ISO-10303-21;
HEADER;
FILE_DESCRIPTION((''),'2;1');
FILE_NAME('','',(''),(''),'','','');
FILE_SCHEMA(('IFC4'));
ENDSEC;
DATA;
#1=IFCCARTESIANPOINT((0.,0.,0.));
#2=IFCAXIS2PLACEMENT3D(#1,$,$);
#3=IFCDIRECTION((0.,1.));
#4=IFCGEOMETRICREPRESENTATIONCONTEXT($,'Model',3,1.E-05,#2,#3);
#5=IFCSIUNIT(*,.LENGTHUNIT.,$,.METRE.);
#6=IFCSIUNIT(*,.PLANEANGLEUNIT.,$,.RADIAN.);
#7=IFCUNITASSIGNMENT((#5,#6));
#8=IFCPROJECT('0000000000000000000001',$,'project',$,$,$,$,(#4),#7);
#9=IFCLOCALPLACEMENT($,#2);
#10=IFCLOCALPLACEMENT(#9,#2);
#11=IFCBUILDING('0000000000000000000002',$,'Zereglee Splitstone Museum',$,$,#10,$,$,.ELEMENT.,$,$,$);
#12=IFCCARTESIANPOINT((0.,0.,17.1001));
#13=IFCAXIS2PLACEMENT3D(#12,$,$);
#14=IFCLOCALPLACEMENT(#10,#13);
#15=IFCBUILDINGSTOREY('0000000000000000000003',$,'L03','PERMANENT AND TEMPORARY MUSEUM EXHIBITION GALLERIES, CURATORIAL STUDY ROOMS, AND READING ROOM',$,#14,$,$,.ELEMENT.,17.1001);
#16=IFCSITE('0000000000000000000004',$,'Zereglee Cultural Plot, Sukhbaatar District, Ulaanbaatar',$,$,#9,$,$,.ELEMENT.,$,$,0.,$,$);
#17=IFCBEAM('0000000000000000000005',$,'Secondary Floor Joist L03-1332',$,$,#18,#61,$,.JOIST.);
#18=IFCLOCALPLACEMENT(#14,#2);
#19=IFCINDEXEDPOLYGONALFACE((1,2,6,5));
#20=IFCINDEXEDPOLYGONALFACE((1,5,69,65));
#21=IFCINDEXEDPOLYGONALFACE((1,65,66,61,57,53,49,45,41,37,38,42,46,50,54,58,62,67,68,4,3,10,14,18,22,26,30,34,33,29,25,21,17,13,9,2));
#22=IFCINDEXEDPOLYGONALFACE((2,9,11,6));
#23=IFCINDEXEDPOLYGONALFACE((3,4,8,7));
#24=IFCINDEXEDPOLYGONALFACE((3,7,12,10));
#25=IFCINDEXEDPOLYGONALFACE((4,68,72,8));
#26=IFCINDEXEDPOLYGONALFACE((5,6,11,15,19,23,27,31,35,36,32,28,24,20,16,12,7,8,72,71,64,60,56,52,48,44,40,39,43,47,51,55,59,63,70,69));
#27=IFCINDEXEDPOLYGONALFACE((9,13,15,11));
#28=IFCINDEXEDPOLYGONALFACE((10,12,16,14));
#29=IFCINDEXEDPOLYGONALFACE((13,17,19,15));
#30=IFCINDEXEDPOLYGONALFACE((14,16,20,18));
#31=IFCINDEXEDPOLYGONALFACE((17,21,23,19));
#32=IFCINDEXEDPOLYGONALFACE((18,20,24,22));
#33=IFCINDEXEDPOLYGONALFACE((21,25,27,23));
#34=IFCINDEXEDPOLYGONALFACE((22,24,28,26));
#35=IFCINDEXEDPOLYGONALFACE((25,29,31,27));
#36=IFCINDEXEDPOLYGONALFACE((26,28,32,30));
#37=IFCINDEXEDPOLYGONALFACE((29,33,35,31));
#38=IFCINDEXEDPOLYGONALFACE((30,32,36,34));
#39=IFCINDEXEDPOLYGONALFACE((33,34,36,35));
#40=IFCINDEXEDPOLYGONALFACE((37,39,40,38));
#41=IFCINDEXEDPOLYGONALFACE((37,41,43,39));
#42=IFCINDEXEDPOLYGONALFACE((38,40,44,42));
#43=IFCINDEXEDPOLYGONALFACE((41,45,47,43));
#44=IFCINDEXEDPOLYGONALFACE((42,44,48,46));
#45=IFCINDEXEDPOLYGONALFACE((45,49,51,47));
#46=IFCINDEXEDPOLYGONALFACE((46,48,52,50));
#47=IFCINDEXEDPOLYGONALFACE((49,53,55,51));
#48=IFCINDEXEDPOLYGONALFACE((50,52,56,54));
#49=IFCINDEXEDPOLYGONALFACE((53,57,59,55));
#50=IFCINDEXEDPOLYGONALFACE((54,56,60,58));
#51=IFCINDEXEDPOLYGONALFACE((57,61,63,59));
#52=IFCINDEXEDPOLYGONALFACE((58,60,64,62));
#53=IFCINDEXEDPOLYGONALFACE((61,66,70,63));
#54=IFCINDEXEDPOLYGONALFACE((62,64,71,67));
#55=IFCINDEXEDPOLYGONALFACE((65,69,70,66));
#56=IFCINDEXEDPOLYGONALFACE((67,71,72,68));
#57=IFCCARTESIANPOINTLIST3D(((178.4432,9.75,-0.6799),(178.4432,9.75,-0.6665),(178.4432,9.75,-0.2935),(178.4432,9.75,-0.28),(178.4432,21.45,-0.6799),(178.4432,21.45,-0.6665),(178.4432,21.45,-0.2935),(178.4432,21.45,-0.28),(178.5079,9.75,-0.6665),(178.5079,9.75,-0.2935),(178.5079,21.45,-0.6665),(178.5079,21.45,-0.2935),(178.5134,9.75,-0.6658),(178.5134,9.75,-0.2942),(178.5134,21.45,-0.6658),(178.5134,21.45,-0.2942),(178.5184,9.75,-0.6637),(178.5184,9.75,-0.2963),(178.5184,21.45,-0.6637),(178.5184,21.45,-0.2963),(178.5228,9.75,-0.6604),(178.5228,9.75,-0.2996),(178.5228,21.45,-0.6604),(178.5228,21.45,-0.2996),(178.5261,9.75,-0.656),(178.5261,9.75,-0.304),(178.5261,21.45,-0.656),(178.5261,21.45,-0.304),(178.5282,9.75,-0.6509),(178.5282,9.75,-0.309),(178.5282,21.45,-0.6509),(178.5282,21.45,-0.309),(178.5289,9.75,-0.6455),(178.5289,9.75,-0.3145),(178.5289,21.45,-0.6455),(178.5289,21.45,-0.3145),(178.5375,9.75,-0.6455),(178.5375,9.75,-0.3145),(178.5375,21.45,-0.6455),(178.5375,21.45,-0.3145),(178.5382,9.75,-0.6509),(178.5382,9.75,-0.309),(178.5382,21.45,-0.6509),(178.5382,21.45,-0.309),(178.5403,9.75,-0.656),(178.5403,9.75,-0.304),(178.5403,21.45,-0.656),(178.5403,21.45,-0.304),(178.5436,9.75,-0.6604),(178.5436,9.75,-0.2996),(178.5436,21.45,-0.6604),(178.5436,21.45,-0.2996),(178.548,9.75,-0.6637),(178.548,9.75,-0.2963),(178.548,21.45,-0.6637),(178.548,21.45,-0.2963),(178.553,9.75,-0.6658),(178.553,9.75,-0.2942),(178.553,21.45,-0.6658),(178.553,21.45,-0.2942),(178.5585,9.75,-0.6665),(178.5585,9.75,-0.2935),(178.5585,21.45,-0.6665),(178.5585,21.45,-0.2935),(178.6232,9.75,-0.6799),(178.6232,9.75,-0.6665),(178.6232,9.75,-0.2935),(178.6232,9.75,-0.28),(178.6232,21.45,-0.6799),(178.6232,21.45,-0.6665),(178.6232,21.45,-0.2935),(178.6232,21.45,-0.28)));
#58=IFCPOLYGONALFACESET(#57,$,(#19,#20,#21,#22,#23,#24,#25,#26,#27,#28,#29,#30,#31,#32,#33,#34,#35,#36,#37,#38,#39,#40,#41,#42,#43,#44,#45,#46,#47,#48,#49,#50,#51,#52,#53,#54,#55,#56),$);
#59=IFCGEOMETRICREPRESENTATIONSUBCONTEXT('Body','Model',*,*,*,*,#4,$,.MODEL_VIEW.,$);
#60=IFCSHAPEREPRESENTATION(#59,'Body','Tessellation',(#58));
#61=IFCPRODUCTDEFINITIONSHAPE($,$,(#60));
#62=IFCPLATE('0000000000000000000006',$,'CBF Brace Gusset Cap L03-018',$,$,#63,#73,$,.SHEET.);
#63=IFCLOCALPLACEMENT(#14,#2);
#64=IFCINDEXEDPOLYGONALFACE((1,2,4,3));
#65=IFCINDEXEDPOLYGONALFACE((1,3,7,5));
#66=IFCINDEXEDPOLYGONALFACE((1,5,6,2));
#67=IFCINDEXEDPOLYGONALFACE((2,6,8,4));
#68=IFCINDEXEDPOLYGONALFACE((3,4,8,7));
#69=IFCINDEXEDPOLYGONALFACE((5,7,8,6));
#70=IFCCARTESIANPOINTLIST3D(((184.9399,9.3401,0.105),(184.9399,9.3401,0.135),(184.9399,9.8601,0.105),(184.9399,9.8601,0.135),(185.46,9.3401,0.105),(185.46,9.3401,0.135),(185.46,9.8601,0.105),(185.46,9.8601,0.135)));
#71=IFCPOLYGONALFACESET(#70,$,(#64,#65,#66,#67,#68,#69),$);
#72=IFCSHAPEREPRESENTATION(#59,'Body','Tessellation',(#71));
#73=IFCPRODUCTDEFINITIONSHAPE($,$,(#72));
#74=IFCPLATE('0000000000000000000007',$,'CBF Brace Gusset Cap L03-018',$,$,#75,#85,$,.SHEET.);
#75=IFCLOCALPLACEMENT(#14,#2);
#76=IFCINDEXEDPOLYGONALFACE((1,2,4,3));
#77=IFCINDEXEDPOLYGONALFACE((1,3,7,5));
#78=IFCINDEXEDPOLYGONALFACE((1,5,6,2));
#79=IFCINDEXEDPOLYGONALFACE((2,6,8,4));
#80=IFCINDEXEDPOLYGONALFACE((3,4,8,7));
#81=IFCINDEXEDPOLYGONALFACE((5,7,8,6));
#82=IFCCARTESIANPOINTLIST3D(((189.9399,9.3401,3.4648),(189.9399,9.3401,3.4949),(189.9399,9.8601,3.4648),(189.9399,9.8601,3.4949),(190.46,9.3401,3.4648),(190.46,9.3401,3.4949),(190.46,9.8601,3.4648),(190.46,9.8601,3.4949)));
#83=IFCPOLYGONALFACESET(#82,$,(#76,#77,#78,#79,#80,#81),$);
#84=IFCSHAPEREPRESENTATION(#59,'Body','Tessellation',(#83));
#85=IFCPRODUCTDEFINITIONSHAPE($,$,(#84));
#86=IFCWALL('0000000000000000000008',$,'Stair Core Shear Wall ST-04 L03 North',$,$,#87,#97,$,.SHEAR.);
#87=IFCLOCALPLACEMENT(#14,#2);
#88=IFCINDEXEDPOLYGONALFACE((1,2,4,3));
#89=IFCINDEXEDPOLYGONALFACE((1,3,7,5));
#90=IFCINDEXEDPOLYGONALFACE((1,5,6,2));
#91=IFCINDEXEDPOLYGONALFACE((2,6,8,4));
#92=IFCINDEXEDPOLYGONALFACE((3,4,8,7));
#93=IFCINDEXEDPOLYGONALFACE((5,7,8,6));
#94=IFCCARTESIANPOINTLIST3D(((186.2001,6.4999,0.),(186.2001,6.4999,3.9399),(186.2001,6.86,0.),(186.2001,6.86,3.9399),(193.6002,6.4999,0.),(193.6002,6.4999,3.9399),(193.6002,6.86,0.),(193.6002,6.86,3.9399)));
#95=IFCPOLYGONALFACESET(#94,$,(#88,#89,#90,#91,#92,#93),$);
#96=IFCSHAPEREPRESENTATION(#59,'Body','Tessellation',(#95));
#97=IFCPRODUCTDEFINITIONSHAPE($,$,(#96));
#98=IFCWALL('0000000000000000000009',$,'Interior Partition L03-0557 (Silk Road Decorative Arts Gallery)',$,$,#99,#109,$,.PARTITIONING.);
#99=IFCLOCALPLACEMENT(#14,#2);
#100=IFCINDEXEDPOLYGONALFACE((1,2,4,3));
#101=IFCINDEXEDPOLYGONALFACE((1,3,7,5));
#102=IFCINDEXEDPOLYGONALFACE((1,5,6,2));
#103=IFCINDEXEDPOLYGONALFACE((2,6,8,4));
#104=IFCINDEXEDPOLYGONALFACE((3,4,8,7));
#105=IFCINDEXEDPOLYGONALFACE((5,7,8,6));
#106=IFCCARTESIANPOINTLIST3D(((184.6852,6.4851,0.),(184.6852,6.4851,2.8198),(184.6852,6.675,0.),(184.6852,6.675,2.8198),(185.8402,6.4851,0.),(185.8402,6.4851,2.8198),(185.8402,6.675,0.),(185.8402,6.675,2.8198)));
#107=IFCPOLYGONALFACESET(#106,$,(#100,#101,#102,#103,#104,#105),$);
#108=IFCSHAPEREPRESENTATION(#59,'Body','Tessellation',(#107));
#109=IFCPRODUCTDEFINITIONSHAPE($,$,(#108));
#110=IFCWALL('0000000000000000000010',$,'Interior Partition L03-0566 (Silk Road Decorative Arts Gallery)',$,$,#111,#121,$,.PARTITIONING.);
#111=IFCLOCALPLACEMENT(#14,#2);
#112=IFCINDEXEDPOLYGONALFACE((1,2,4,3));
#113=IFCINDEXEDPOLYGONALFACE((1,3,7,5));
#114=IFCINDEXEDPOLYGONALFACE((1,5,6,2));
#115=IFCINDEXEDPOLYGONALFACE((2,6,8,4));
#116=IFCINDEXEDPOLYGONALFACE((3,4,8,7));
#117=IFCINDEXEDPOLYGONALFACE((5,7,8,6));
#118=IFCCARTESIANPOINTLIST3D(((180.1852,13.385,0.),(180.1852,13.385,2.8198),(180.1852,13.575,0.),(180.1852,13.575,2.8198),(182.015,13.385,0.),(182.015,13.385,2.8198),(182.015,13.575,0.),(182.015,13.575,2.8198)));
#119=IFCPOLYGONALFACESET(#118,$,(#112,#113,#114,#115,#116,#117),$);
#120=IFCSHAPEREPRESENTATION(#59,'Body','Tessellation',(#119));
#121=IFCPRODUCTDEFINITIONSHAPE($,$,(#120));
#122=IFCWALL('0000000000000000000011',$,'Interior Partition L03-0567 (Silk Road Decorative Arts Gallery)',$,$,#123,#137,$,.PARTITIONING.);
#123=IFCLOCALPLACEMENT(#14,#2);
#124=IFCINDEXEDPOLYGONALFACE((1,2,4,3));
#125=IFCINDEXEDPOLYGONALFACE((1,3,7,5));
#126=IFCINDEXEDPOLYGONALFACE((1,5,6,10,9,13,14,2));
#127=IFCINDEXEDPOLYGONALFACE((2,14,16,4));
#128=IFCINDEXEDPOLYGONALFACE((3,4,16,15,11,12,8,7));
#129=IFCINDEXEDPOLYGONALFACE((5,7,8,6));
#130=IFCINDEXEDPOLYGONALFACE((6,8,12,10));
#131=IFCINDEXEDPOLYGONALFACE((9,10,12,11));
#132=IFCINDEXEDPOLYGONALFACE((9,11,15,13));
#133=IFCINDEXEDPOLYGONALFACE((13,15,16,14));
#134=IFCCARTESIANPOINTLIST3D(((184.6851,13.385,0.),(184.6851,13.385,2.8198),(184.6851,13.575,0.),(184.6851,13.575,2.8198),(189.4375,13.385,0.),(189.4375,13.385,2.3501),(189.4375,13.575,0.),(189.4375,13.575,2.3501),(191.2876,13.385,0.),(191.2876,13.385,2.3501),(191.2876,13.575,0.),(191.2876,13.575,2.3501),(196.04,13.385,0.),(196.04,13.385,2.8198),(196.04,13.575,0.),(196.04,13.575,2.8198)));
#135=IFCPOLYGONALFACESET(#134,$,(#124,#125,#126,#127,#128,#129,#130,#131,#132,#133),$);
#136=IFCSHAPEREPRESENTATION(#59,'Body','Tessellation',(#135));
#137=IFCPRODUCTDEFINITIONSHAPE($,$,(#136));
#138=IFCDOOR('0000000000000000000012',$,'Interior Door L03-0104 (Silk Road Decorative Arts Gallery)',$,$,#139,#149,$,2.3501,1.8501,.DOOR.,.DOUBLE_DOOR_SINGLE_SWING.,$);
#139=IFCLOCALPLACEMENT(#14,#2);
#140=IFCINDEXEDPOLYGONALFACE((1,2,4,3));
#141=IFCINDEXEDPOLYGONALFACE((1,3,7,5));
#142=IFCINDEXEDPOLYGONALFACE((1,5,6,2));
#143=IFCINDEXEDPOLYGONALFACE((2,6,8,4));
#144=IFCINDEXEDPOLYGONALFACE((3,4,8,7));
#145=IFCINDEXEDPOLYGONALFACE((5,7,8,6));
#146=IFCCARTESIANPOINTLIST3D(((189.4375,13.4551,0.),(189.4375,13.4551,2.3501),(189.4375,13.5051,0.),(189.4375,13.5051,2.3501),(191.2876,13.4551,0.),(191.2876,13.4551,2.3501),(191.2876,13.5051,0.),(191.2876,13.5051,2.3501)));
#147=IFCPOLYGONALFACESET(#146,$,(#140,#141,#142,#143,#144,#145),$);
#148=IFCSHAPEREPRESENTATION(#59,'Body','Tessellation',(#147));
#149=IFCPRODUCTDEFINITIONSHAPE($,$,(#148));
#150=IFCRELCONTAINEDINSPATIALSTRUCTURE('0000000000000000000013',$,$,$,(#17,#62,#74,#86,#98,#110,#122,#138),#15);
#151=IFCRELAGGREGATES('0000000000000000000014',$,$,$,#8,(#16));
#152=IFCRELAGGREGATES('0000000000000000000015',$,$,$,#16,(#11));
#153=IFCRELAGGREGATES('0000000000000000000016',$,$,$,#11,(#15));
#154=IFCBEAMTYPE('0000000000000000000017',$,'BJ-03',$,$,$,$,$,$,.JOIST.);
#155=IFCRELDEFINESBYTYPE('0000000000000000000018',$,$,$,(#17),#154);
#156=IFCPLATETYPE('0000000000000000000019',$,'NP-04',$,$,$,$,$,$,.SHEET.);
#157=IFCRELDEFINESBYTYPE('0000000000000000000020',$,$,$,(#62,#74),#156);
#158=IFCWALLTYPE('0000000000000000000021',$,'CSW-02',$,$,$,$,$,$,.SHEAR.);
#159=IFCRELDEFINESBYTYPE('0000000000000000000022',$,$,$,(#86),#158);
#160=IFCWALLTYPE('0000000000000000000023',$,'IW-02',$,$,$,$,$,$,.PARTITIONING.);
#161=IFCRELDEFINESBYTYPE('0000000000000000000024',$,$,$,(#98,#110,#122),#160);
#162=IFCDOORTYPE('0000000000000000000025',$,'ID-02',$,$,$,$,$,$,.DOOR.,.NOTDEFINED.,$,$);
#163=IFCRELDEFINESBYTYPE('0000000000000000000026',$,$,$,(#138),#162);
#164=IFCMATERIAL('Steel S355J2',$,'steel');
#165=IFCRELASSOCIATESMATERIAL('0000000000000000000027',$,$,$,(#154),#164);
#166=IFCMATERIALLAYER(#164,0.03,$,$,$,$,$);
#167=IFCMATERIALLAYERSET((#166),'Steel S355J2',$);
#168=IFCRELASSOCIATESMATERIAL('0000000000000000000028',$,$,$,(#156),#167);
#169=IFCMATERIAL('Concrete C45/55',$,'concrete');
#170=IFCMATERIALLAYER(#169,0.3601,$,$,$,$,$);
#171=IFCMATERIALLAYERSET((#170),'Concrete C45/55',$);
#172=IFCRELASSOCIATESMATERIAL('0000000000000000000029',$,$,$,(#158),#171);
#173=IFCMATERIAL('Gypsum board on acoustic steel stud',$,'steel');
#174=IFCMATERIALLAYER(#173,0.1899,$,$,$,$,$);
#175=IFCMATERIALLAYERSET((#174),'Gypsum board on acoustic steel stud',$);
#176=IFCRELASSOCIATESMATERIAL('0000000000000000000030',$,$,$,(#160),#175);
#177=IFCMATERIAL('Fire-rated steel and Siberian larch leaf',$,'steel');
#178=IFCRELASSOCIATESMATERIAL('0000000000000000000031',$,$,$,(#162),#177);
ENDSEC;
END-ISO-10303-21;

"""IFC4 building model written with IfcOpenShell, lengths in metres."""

from ifc_helpers import new_model, si_unit, direction, frame, frame_2d, origin, origin_2d, place, context, subcontext, project, spatial, rectangle, i_section, extrude, material, layer, layer_set, material_profile, profile_set, type_object, element, fill, save


model = new_model("IFC4")

# Units and contexts
model_context = context("Model", 3, precision=1e-05, world=origin(), true_north=direction((0.0, 1.0)))
body_context = subcontext(model_context, "Body", "Model", "MODEL_VIEW")
ifc_project = project(units=[si_unit("LENGTHUNIT", "METRE"), si_unit("PLANEANGLEUNIT", "RADIAN")], contexts=[model_context])

# Site, building, storey
site_placement = place(None, origin())
site = spatial("IfcSite", under=ifc_project, at=site_placement, Name="Zereglee Cultural Plot, Sukhbaatar District, Ulaanbaatar", CompositionType="ELEMENT", RefElevation=0.0)
building_placement = place(site_placement, origin())
building = spatial("IfcBuilding", under=site, at=building_placement, Name="Zereglee Splitstone Museum", CompositionType="ELEMENT")
storey_placement = place(building_placement, frame((0.0, 0.0, 17.1001)))
storey = spatial("IfcBuildingStorey", under=building, at=storey_placement, Name="L03", Description="PERMANENT AND TEMPORARY MUSEUM EXHIBITION GALLERIES, CURATORIAL STUDY ROOMS, AND READING ROOM", CompositionType="ELEMENT", Elevation=17.1001)

# Shared definitions
ifc_material_1 = material(Name="Steel S355J2", Category="steel")

# Beam
ifc_material_profile_1 = material_profile(ifc_material_1, i_section(OverallWidth=0.1799, OverallDepth=0.3999, WebThickness=0.0085, FlangeThickness=0.0134, FilletRadius=0.021, at=origin_2d()), Name="IPE 400")
ifc_profile_set_1 = profile_set([ifc_material_profile_1], Name="Steel S355J2")
beam_type_1 = type_object("IfcBeamType", Name="BJ-03", PredefinedType="JOIST", material=ifc_profile_set_1)
beam_1_placement = place(storey_placement, frame((178.5332, 9.75, -0.48), z_axis=(0.0, 1.0, 0.0), x_axis=(-1.0, 0.0, 0.0)))
element("IfcBeam", 1, at=beam_1_placement, inside=storey, type_object=beam_type_1, Name="Secondary Floor Joist L03-1332", PredefinedType="JOIST", context=body_context, shape_type="SweptSolid", body=[
    extrude(i_section(OverallWidth=0.1799, OverallDepth=0.3999, WebThickness=0.0085, FlangeThickness=0.0134, FilletRadius=0.021, at=origin_2d()), origin(), (0.0, 0.0, 1.0), 11.7),
])

# Plates
ifc_layer_1 = layer(ifc_material_1, 0.03)
ifc_layer_set_1 = layer_set([ifc_layer_1], Name="Steel S355J2")
plate_type = type_object("IfcPlateType", Name="NP-04", PredefinedType="SHEET", material=ifc_layer_set_1)
for number, where, z_axis, x_axis, name in (
    (2, (185.2, 9.6001, 0.105), (0.0, 0.0, 1.0), (1.0, 0.0, 0.0), "CBF Brace Gusset Cap L03-018"),
    (3, (190.2, 9.6001, 3.4648), (0.0, 0.0, 1.0), (1.0, 0.0, 0.0), "CBF Brace Gusset Cap L03-018"),
):
    element("IfcPlate", number, at=place(storey_placement, frame(where, z_axis=z_axis, x_axis=x_axis)), inside=storey, type_object=plate_type, Name=name, PredefinedType="SHEET", context=body_context, shape_type="SweptSolid", body=[
        extrude(rectangle(XDim=0.52, YDim=0.52, at=origin_2d()), origin(), (0.0, 0.0, 1.0), 0.03),
    ])

# Walls
ifc_material_2 = material(Name="Concrete C45/55", Category="concrete")
ifc_layer_2 = layer(ifc_material_2, 0.3601)
ifc_layer_set_2 = layer_set([ifc_layer_2], Name="Concrete C45/55")
wall_type_1 = type_object("IfcWallType", Name="CSW-02", PredefinedType="SHEAR", material=ifc_layer_set_2)
wall_1_placement = place(storey_placement, frame((186.2, 6.6799, 0.0), z_axis=(0.0, 0.0, 1.0), x_axis=(1.0, 0.0, 0.0)))
element("IfcWall", 4, at=wall_1_placement, inside=storey, type_object=wall_type_1, Name="Stair Core Shear Wall ST-04 L03 North", PredefinedType="SHEAR", context=body_context, shape_type="SweptSolid", body=[
    extrude(rectangle(XDim=7.4001, YDim=0.3601, at=frame_2d((3.7002, 0.0))), origin(), (0.0, 0.0, 1.0), 3.9399),
])
ifc_material_3 = material(Name="Gypsum board on acoustic steel stud", Category="steel")
ifc_layer_3 = layer(ifc_material_3, 0.1899)
ifc_layer_set_3 = layer_set([ifc_layer_3], Name="Gypsum board on acoustic steel stud")
wall_type_2 = type_object("IfcWallType", Name="IW-02", PredefinedType="PARTITIONING", material=ifc_layer_set_3)
wall_2_placement = place(storey_placement, frame((184.6851, 6.5801, 0.0), z_axis=(0.0, 0.0, 1.0), x_axis=(1.0, 0.0, 0.0)))
element("IfcWall", 5, at=wall_2_placement, inside=storey, type_object=wall_type_2, Name="Interior Partition L03-0557 (Silk Road Decorative Arts Gallery)", PredefinedType="PARTITIONING", context=body_context, shape_type="SweptSolid", body=[
    extrude(rectangle(XDim=1.155, YDim=0.1899, at=frame_2d((0.5776, 0.0))), origin(), (0.0, 0.0, 1.0), 2.8198),
])
wall_3_placement = place(storey_placement, frame((180.1851, 13.48, 0.0), z_axis=(0.0, 0.0, 1.0), x_axis=(1.0, 0.0, 0.0)))
element("IfcWall", 6, at=wall_3_placement, inside=storey, type_object=wall_type_2, Name="Interior Partition L03-0566 (Silk Road Decorative Arts Gallery)", PredefinedType="PARTITIONING", context=body_context, shape_type="SweptSolid", body=[
    extrude(rectangle(XDim=1.8298, YDim=0.1899, at=frame_2d((0.915, 0.0))), origin(), (0.0, 0.0, 1.0), 2.8198),
])

# Wall, opening, door
wall_4_placement = place(storey_placement, frame((184.6851, 13.48, 0.0), z_axis=(0.0, 0.0, 1.0), x_axis=(1.0, 0.0, 0.0)))
wall_4 = element("IfcWall", 7, at=wall_4_placement, inside=storey, type_object=wall_type_2, Name="Interior Partition L03-0567 (Silk Road Decorative Arts Gallery)", PredefinedType="PARTITIONING", context=body_context, shape_type="SweptSolid", body=[
    extrude(rectangle(XDim=11.355, YDim=0.1899, at=frame_2d((5.6775, 0.0))), origin(), (0.0, 0.0, 1.0), 2.8198),
])
opening_1_placement = place(wall_4_placement, frame((4.7524, 0.0, 0.0)))
opening_1 = element("IfcOpeningElement", 8, at=opening_1_placement, cuts=wall_4, PredefinedType="OPENING", context=body_context, shape_type="SweptSolid", body=[
    extrude(rectangle(XDim=1.8501, YDim=2.3501, at=frame_2d((0.925, 1.175))), frame((0.0, 0.1099, 0.0), z_axis=(0.0, -1.0, 0.0), x_axis=(1.0, 0.0, 0.0)), (0.0, 0.0, 1.0), 0.2197),
])
ifc_material_4 = material(Name="Fire-rated steel and Siberian larch leaf", Category="steel")
door_type_1 = type_object("IfcDoorType", Name="ID-02", OperationType="NOTDEFINED", PredefinedType="DOOR", material=ifc_material_4)
door_1_placement = place(opening_1_placement, frame((1.8501, 0.0, 0.0), z_axis=(0.0, 0.0, 1.0), x_axis=(-1.0, 0.0, 0.0)))
door_1 = element("IfcDoor", 9, at=door_1_placement, inside=storey, type_object=door_type_1, Name="Interior Door L03-0104 (Silk Road Decorative Arts Gallery)", OperationType="DOUBLE_DOOR_SINGLE_SWING", OverallHeight=2.3501, OverallWidth=1.8501, PredefinedType="DOOR", context=body_context, shape_type="SweptSolid", body=[
    extrude(rectangle(XDim=1.8501, YDim=2.3501, at=frame_2d((0.925, 1.175))), frame((0.0, 0.0249, 0.0), z_axis=(0.0, -1.0, 0.0), x_axis=(1.0, 0.0, 0.0)), (0.0, 0.0, 1.0), 0.05),
])
fill(opening_1, door_1)

save(model, "model.ifc")
